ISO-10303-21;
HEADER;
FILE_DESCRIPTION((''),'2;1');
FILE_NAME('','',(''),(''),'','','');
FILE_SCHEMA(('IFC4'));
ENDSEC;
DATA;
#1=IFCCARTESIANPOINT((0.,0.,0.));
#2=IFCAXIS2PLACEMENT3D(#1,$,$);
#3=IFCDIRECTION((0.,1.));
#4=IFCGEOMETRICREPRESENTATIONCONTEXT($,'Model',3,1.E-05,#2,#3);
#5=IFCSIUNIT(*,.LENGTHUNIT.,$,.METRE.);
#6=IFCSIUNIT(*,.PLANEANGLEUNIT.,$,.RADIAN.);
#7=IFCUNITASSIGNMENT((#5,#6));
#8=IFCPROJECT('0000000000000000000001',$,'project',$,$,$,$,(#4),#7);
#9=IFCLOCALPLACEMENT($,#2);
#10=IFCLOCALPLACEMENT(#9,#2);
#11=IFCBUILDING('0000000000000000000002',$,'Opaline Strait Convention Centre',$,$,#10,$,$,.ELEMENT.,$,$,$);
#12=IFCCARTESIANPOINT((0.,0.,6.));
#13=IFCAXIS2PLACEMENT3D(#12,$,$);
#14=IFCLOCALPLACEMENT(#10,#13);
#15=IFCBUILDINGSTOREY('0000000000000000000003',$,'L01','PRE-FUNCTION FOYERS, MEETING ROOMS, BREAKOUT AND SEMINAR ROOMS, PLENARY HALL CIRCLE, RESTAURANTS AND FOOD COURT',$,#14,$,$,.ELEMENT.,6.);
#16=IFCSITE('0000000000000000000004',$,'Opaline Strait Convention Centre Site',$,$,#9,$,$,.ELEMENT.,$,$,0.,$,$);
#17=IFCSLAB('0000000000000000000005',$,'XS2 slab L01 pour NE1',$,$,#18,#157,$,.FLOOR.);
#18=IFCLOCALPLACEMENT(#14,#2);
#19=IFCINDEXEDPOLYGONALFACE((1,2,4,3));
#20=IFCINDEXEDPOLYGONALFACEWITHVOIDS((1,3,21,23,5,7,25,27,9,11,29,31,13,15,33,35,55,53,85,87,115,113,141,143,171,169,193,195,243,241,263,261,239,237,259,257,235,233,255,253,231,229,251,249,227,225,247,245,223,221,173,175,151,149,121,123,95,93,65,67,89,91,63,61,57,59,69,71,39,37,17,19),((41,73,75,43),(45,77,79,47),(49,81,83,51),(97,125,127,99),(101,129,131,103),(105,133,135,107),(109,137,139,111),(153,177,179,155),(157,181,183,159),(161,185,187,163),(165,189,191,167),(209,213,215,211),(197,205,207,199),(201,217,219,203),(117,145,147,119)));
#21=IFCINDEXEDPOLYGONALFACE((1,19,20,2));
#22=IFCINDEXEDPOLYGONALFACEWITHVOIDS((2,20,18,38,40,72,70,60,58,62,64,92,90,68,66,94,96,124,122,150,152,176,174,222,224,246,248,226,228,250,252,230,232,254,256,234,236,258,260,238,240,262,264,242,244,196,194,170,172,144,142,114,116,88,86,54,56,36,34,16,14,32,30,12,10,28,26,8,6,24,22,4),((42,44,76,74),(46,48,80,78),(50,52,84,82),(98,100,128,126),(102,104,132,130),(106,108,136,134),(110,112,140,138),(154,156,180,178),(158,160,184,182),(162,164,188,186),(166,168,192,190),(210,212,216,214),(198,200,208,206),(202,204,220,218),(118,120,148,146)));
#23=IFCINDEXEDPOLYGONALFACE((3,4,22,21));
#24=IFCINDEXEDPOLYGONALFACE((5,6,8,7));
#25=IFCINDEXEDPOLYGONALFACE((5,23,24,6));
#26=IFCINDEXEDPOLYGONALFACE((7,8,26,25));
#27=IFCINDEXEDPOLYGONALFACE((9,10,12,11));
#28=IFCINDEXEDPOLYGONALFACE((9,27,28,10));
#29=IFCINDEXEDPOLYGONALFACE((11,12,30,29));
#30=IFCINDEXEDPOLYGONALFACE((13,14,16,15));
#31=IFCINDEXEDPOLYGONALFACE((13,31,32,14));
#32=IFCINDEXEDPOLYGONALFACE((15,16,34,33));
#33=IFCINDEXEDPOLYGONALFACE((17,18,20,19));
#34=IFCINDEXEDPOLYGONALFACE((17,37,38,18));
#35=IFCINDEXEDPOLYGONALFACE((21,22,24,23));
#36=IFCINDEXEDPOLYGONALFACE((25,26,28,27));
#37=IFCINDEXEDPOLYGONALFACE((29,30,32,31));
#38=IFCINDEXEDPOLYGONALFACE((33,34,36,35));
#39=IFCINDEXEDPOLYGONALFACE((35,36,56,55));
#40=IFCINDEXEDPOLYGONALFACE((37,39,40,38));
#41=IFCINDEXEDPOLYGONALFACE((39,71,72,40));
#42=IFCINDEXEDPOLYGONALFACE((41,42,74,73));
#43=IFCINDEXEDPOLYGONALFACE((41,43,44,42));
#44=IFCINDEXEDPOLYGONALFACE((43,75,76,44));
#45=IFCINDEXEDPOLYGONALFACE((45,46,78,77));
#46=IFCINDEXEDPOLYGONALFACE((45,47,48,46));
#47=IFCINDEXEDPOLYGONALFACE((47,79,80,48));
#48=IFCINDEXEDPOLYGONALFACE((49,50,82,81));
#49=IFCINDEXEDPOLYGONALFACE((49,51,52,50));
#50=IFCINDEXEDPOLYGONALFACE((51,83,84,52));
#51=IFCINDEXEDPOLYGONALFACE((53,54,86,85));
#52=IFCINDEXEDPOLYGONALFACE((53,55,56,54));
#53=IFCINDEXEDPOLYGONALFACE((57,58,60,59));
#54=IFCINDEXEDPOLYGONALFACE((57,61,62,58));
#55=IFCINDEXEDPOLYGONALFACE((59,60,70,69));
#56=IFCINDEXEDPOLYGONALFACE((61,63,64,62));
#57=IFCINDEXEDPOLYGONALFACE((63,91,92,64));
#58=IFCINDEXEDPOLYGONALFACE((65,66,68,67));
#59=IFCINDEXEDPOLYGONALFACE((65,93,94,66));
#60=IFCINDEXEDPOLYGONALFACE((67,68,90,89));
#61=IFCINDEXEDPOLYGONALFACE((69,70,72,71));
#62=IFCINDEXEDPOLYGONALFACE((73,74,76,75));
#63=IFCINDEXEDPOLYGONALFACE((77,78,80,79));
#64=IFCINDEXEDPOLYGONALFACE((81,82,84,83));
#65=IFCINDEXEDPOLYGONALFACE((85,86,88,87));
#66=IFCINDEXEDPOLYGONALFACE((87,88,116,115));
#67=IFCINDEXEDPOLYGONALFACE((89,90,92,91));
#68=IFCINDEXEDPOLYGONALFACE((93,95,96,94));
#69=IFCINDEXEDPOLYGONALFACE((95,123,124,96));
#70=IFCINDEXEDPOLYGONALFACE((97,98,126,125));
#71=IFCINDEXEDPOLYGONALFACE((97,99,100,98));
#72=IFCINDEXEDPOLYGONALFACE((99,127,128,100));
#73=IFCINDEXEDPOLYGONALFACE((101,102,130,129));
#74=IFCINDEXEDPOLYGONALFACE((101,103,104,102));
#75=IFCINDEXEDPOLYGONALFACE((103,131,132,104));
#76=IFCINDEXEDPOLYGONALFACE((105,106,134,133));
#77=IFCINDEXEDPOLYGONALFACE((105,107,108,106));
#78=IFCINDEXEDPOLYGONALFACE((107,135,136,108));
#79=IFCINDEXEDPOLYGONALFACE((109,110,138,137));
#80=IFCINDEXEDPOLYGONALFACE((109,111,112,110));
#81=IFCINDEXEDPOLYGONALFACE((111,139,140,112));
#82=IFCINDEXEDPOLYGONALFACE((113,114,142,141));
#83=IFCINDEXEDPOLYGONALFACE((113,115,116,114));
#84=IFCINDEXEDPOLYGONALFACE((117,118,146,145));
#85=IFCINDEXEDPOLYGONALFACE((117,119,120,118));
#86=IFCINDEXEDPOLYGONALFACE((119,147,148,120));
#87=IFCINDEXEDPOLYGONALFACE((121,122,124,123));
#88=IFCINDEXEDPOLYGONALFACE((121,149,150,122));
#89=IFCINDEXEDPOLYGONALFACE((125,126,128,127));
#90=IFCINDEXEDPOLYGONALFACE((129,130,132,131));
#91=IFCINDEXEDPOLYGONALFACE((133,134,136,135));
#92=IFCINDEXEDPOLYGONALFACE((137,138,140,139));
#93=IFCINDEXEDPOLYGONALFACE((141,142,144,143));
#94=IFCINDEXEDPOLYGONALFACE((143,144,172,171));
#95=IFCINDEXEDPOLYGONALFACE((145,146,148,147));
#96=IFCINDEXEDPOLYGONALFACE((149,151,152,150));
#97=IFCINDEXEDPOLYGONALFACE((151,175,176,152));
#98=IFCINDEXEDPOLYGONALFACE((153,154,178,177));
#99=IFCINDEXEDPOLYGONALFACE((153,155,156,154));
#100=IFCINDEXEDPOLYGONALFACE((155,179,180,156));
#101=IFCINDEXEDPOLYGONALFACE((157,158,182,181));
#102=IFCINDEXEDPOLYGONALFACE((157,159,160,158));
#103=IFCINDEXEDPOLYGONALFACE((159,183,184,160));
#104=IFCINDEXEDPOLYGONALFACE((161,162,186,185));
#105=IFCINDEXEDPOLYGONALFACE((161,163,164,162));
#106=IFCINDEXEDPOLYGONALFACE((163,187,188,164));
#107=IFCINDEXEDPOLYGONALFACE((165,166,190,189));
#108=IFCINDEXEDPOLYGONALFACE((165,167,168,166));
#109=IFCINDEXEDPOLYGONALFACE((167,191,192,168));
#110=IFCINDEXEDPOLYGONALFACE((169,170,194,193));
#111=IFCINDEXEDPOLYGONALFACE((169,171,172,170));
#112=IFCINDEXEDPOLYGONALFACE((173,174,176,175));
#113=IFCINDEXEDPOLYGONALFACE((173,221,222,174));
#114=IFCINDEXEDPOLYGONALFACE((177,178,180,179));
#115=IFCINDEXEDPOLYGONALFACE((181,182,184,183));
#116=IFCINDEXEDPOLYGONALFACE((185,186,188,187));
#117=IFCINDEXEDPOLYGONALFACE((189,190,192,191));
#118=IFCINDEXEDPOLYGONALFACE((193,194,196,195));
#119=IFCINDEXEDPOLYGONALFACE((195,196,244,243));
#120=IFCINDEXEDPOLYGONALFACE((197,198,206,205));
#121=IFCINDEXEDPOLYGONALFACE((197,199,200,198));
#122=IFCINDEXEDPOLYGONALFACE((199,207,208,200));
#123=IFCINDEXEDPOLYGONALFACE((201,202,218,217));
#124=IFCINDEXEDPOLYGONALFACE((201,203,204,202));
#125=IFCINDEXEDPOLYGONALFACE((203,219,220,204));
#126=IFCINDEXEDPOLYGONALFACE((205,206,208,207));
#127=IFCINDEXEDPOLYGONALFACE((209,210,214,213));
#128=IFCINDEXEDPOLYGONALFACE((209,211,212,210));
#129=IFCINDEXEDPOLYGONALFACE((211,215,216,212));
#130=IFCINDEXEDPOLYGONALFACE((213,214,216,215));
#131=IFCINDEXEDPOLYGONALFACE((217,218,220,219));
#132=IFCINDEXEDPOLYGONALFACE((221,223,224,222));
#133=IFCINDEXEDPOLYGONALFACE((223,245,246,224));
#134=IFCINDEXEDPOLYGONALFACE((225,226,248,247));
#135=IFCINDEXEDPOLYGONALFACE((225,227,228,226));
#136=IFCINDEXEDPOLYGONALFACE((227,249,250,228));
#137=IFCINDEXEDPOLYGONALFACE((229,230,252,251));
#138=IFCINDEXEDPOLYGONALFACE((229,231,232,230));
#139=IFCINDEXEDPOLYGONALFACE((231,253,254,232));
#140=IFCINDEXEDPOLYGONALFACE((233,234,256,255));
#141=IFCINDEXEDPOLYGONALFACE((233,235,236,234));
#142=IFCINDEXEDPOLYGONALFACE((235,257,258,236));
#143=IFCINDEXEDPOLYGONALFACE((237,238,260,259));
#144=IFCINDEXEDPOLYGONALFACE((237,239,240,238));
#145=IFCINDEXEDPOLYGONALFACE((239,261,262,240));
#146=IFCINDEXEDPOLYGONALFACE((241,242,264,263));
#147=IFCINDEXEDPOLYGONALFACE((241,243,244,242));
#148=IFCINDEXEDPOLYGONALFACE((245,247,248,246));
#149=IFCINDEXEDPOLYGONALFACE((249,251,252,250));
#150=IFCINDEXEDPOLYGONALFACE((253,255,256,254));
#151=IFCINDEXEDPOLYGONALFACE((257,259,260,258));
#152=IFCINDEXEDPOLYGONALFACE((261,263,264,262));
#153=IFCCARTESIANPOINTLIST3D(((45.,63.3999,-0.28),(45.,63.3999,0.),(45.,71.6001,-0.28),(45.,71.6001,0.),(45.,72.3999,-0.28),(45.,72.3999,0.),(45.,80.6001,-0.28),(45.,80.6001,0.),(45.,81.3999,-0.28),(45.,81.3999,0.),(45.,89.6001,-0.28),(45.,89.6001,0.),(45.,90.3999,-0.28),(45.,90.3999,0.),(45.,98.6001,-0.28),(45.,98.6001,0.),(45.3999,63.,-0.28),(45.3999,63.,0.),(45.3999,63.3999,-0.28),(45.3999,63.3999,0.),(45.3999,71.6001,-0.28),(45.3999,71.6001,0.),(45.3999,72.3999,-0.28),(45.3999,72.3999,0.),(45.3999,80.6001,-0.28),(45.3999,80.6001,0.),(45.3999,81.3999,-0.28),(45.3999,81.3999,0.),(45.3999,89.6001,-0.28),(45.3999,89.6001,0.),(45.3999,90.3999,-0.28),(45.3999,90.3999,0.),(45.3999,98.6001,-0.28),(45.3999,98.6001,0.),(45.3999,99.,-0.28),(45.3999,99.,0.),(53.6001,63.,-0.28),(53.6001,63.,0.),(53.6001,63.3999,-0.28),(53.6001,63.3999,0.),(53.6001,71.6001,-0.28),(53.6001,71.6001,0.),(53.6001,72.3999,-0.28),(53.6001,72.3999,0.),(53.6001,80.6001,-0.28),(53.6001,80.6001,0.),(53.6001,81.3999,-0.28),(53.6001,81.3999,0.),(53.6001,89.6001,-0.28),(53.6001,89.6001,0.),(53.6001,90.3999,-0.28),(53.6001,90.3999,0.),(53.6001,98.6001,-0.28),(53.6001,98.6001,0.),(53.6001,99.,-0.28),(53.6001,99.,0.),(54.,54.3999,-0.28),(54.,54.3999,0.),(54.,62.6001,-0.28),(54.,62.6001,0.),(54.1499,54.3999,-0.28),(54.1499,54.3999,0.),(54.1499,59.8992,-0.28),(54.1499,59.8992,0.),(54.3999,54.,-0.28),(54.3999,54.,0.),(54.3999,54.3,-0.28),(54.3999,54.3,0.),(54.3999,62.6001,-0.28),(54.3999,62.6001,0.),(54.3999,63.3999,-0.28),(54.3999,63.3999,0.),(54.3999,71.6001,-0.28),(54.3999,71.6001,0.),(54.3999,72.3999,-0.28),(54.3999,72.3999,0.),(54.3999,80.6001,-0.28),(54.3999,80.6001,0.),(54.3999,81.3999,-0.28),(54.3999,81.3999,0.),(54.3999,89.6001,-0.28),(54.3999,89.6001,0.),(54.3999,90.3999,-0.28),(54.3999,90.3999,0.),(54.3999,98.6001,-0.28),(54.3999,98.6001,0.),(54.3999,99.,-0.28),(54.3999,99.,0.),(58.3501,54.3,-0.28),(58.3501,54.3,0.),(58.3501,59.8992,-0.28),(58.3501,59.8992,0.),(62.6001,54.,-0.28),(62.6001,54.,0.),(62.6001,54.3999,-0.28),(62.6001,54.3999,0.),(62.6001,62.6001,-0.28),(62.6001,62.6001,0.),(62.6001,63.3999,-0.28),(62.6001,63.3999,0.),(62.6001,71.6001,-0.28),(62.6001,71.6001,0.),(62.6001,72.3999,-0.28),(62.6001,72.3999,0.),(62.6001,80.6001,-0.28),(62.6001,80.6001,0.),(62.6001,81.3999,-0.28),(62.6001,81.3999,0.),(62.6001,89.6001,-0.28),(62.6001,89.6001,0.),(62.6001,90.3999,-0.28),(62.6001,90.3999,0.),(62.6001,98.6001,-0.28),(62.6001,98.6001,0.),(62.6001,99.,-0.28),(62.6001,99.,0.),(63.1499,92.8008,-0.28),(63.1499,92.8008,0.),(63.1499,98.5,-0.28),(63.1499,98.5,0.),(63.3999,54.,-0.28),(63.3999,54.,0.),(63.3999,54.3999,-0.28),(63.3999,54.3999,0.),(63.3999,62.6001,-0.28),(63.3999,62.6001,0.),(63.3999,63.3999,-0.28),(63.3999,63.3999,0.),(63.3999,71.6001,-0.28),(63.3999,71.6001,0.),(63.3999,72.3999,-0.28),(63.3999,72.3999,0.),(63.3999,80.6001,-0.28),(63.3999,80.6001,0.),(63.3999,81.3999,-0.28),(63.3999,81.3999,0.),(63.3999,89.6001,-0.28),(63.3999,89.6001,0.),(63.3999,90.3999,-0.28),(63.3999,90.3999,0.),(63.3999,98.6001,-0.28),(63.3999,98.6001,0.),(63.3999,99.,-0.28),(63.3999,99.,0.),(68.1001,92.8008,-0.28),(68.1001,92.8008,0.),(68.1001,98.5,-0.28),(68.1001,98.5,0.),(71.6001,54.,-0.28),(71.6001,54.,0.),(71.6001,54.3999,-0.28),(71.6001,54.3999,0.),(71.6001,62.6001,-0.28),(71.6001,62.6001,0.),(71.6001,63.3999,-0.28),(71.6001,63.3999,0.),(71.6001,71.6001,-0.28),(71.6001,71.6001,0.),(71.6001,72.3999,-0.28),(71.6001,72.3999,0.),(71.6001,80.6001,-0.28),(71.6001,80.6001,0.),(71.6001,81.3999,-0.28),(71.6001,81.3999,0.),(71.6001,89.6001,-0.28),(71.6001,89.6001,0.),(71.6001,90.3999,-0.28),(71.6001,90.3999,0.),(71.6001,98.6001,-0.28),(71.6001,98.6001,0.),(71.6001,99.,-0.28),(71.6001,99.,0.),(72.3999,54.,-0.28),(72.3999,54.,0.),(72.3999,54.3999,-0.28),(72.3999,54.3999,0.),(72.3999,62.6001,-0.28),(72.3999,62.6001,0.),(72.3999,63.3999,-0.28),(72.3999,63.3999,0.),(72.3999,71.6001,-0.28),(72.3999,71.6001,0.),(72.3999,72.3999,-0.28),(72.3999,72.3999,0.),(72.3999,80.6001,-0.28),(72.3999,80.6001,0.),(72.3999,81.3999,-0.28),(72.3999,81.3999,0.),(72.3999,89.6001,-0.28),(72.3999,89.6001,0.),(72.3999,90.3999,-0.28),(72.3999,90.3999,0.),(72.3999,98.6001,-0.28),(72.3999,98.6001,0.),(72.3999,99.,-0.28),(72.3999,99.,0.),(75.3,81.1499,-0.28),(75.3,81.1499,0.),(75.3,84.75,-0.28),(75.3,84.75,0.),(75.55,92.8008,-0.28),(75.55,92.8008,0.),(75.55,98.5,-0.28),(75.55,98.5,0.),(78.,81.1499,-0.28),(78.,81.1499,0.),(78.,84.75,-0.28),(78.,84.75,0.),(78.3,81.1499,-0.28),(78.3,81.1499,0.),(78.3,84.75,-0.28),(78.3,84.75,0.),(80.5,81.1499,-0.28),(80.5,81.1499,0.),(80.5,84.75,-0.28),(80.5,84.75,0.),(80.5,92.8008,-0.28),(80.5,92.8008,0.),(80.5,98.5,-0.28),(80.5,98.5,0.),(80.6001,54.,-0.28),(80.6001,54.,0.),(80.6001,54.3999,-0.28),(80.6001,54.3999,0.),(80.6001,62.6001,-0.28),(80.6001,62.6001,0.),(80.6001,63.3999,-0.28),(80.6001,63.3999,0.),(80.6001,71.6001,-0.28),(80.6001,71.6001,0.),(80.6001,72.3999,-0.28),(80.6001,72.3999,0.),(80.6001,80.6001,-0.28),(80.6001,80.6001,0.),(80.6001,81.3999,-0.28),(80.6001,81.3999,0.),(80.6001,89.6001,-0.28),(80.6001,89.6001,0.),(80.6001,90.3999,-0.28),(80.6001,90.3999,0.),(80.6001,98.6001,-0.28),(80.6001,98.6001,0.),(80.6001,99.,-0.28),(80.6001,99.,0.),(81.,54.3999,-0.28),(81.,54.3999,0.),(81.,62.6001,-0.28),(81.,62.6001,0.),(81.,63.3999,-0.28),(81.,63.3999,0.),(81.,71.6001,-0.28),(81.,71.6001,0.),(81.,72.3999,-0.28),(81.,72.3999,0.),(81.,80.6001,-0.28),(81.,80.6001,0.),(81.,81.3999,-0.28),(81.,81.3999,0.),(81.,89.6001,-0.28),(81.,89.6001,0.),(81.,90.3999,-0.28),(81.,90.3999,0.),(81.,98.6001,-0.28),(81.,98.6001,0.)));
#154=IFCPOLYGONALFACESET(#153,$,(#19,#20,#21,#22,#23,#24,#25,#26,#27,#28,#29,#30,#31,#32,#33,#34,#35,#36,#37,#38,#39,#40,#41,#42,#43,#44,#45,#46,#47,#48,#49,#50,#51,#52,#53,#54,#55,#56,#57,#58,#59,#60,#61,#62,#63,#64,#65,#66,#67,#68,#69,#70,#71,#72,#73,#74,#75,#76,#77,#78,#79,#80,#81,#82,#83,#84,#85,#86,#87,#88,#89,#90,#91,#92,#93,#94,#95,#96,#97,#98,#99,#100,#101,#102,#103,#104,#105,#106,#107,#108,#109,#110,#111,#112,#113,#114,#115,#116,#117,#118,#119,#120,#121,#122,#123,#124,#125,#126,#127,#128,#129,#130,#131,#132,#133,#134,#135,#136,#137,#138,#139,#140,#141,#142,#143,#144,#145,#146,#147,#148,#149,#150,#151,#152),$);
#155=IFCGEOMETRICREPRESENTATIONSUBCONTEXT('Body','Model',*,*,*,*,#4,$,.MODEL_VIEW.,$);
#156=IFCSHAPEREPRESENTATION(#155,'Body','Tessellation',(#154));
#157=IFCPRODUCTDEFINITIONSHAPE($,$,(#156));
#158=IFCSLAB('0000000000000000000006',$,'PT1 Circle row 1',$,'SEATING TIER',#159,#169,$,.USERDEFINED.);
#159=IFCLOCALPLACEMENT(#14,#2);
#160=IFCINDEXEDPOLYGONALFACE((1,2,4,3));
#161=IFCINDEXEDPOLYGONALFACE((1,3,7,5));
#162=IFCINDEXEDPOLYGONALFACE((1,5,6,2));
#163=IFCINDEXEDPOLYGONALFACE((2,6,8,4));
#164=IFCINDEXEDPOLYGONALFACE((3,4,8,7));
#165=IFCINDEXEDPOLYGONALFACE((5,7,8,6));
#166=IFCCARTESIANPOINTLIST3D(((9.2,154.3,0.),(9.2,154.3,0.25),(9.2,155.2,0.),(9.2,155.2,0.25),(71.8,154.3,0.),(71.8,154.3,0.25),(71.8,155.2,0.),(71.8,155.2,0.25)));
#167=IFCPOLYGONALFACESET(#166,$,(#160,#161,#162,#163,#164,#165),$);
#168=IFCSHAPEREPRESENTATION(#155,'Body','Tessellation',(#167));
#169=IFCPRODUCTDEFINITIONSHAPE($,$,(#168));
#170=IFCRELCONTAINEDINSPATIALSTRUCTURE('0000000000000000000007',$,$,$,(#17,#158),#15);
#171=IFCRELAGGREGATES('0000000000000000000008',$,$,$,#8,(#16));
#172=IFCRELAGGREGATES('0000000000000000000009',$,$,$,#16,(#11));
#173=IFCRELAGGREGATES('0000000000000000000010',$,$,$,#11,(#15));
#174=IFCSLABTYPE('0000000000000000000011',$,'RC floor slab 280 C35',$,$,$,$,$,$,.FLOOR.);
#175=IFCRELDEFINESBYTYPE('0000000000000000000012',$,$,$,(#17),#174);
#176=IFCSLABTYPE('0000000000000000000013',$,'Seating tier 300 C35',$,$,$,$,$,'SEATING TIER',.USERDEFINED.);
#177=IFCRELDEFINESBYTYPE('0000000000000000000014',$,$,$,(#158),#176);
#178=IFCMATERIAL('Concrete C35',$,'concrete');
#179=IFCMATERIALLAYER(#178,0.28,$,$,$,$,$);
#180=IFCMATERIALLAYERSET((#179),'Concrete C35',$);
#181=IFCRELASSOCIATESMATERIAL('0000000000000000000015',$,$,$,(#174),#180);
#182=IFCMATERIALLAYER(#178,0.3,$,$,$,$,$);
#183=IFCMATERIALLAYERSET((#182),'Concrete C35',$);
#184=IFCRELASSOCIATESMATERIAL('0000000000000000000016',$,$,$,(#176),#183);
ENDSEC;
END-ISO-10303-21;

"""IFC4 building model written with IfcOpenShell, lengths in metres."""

from ifc_helpers import new_model, si_unit, direction, frame, origin, place, context, subcontext, project, spatial, polyline, outline, extrude, material, layer, layer_set, type_object, element, save


model = new_model("IFC4")

# Units and contexts
model_context = context("Model", 3, precision=1e-05, world=origin(), true_north=direction((0.0, 1.0)))
body_context = subcontext(model_context, "Body", "Model", "MODEL_VIEW")
ifc_project = project(units=[si_unit("LENGTHUNIT", "METRE"), si_unit("PLANEANGLEUNIT", "RADIAN")], contexts=[model_context])

# Site, building, storey
site_placement = place(None, origin())
site = spatial("IfcSite", under=ifc_project, at=site_placement, Name="Opaline Strait Convention Centre Site", CompositionType="ELEMENT", RefElevation=0.0)
building_placement = place(site_placement, origin())
building = spatial("IfcBuilding", under=site, at=building_placement, Name="Opaline Strait Convention Centre", CompositionType="ELEMENT")
storey_placement = place(building_placement, frame((0.0, 0.0, 6.0)))
storey = spatial("IfcBuildingStorey", under=building, at=storey_placement, Name="L01", Description="PRE-FUNCTION FOYERS, MEETING ROOMS, BREAKOUT AND SEMINAR ROOMS, PLENARY HALL CIRCLE, RESTAURANTS AND FOOD COURT", CompositionType="ELEMENT", Elevation=6.0)

# Slabs
ifc_material_1 = material(Name="Concrete C35", Category="concrete")
ifc_layer_1 = layer(ifc_material_1, 0.28)
ifc_layer_set_1 = layer_set([ifc_layer_1], Name="Concrete C35")
slab_type_1 = type_object("IfcSlabType", Name="RC floor slab 280 C35", PredefinedType="FLOOR", material=ifc_layer_set_1)
slab_1_placement = place(storey_placement, frame((0.0, 0.0, -0.28)))
element("IfcSlab", 1, at=slab_1_placement, inside=storey, type_object=slab_type_1, Name="XS2 slab L01 pour NE1", PredefinedType="FLOOR", context=body_context, shape_type="SweptSolid", body=[
    extrude(outline(polyline([(45.3999, 98.6001), (45.3999, 99.0), (53.6001, 99.0), (53.6001, 98.6001), (54.3999, 98.6001), (54.3999, 99.0), (62.6001, 99.0), (62.6001, 98.6001), (63.3999, 98.6001), (63.3999, 99.0), (71.6001, 99.0), (71.6001, 98.6001), (72.3999, 98.6001), (72.3999, 99.0), (80.6001, 99.0), (80.6001, 98.6001), (81.0, 98.6001), (81.0, 90.3999), (80.6001, 90.3999), (80.6001, 89.6001), (81.0, 89.6001), (81.0, 81.3999), (80.6001, 81.3999), (80.6001, 80.6001), (81.0, 80.6001), (81.0, 72.3999), (80.6001, 72.3999), (80.6001, 71.6001), (81.0, 71.6001), (81.0, 63.3999), (80.6001, 63.3999), (80.6001, 62.6001), (81.0, 62.6001), (81.0, 54.3999), (80.6001, 54.3999), (80.6001, 54.0), (72.3999, 54.0), (72.3999, 54.3999), (71.6001, 54.3999), (71.6001, 54.0), (63.3999, 54.0), (63.3999, 54.3999), (62.6001, 54.3999), (62.6001, 54.0), (54.3999, 54.0), (54.3999, 54.3), (58.3501, 54.3), (58.3501, 59.8992), (54.1499, 59.8992), (54.1499, 54.3999), (54.0, 54.3999), (54.0, 62.6001), (54.3999, 62.6001), (54.3999, 63.3999), (53.6001, 63.3999), (53.6001, 63.0), (45.3999, 63.0), (45.3999, 63.3999), (45.0, 63.3999), (45.0, 71.6001), (45.3999, 71.6001), (45.3999, 72.3999), (45.0, 72.3999), (45.0, 80.6001), (45.3999, 80.6001), (45.3999, 81.3999), (45.0, 81.3999), (45.0, 89.6001), (45.3999, 89.6001), (45.3999, 90.3999), (45.0, 90.3999), (45.0, 98.6001), (45.3999, 98.6001)]), holes=[polyline([(62.6001, 62.6001), (63.3999, 62.6001), (63.3999, 63.3999), (62.6001, 63.3999), (62.6001, 62.6001)]), polyline([(62.6001, 71.6001), (63.3999, 71.6001), (63.3999, 72.3999), (62.6001, 72.3999), (62.6001, 71.6001)]), polyline([(53.6001, 71.6001), (54.3999, 71.6001), (54.3999, 72.3999), (53.6001, 72.3999), (53.6001, 71.6001)]), polyline([(53.6001, 80.6001), (54.3999, 80.6001), (54.3999, 81.3999), (53.6001, 81.3999), (53.6001, 80.6001)]), polyline([(62.6001, 80.6001), (63.3999, 80.6001), (63.3999, 81.3999), (62.6001, 81.3999), (62.6001, 80.6001)]), polyline([(62.6001, 89.6001), (63.3999, 89.6001), (63.3999, 90.3999), (62.6001, 90.3999), (62.6001, 89.6001)]), polyline([(53.6001, 89.6001), (54.3999, 89.6001), (54.3999, 90.3999), (53.6001, 90.3999), (53.6001, 89.6001)]), polyline([(71.6001, 62.6001), (72.3999, 62.6001), (72.3999, 63.3999), (71.6001, 63.3999), (71.6001, 62.6001)]), polyline([(71.6001, 71.6001), (72.3999, 71.6001), (72.3999, 72.3999), (71.6001, 72.3999), (71.6001, 71.6001)]), polyline([(71.6001, 80.6001), (72.3999, 80.6001), (72.3999, 81.3999), (71.6001, 81.3999), (71.6001, 80.6001)]), polyline([(75.3, 81.1499), (78.0, 81.1499), (78.0, 84.75), (75.3, 84.75), (75.3, 81.1499)]), polyline([(78.3, 81.1499), (80.5, 81.1499), (80.5, 84.75), (78.3, 84.75), (78.3, 81.1499)]), polyline([(71.6001, 89.6001), (72.3999, 89.6001), (72.3999, 90.3999), (71.6001, 90.3999), (71.6001, 89.6001)]), polyline([(75.55, 92.8008), (80.5, 92.8008), (80.5, 98.5), (75.55, 98.5), (75.55, 92.8008)]), polyline([(63.1499, 92.8008), (68.1001, 92.8008), (68.1001, 98.5), (63.1499, 98.5), (63.1499, 92.8008)])]), origin(), (0.0, 0.0, 1.0), 0.28),
])
ifc_layer_2 = layer(ifc_material_1, 0.3)
ifc_layer_set_2 = layer_set([ifc_layer_2], Name="Concrete C35")
slab_type_2 = type_object("IfcSlabType", Name="Seating tier 300 C35", ElementType="SEATING TIER", PredefinedType="USERDEFINED", material=ifc_layer_set_2)
slab_2_placement = place(storey_placement, origin())
element("IfcSlab", 2, at=slab_2_placement, inside=storey, type_object=slab_type_2, Name="PT1 Circle row 1", ObjectType="SEATING TIER", PredefinedType="USERDEFINED", context=body_context, shape_type="SweptSolid", body=[
    extrude(outline(polyline([(9.2, 154.3), (9.2, 155.2), (71.8, 155.2), (71.8, 154.3), (9.2, 154.3)])), origin(), (0.0, 0.0, 1.0), 0.25),
])

save(model, "model.ifc")
